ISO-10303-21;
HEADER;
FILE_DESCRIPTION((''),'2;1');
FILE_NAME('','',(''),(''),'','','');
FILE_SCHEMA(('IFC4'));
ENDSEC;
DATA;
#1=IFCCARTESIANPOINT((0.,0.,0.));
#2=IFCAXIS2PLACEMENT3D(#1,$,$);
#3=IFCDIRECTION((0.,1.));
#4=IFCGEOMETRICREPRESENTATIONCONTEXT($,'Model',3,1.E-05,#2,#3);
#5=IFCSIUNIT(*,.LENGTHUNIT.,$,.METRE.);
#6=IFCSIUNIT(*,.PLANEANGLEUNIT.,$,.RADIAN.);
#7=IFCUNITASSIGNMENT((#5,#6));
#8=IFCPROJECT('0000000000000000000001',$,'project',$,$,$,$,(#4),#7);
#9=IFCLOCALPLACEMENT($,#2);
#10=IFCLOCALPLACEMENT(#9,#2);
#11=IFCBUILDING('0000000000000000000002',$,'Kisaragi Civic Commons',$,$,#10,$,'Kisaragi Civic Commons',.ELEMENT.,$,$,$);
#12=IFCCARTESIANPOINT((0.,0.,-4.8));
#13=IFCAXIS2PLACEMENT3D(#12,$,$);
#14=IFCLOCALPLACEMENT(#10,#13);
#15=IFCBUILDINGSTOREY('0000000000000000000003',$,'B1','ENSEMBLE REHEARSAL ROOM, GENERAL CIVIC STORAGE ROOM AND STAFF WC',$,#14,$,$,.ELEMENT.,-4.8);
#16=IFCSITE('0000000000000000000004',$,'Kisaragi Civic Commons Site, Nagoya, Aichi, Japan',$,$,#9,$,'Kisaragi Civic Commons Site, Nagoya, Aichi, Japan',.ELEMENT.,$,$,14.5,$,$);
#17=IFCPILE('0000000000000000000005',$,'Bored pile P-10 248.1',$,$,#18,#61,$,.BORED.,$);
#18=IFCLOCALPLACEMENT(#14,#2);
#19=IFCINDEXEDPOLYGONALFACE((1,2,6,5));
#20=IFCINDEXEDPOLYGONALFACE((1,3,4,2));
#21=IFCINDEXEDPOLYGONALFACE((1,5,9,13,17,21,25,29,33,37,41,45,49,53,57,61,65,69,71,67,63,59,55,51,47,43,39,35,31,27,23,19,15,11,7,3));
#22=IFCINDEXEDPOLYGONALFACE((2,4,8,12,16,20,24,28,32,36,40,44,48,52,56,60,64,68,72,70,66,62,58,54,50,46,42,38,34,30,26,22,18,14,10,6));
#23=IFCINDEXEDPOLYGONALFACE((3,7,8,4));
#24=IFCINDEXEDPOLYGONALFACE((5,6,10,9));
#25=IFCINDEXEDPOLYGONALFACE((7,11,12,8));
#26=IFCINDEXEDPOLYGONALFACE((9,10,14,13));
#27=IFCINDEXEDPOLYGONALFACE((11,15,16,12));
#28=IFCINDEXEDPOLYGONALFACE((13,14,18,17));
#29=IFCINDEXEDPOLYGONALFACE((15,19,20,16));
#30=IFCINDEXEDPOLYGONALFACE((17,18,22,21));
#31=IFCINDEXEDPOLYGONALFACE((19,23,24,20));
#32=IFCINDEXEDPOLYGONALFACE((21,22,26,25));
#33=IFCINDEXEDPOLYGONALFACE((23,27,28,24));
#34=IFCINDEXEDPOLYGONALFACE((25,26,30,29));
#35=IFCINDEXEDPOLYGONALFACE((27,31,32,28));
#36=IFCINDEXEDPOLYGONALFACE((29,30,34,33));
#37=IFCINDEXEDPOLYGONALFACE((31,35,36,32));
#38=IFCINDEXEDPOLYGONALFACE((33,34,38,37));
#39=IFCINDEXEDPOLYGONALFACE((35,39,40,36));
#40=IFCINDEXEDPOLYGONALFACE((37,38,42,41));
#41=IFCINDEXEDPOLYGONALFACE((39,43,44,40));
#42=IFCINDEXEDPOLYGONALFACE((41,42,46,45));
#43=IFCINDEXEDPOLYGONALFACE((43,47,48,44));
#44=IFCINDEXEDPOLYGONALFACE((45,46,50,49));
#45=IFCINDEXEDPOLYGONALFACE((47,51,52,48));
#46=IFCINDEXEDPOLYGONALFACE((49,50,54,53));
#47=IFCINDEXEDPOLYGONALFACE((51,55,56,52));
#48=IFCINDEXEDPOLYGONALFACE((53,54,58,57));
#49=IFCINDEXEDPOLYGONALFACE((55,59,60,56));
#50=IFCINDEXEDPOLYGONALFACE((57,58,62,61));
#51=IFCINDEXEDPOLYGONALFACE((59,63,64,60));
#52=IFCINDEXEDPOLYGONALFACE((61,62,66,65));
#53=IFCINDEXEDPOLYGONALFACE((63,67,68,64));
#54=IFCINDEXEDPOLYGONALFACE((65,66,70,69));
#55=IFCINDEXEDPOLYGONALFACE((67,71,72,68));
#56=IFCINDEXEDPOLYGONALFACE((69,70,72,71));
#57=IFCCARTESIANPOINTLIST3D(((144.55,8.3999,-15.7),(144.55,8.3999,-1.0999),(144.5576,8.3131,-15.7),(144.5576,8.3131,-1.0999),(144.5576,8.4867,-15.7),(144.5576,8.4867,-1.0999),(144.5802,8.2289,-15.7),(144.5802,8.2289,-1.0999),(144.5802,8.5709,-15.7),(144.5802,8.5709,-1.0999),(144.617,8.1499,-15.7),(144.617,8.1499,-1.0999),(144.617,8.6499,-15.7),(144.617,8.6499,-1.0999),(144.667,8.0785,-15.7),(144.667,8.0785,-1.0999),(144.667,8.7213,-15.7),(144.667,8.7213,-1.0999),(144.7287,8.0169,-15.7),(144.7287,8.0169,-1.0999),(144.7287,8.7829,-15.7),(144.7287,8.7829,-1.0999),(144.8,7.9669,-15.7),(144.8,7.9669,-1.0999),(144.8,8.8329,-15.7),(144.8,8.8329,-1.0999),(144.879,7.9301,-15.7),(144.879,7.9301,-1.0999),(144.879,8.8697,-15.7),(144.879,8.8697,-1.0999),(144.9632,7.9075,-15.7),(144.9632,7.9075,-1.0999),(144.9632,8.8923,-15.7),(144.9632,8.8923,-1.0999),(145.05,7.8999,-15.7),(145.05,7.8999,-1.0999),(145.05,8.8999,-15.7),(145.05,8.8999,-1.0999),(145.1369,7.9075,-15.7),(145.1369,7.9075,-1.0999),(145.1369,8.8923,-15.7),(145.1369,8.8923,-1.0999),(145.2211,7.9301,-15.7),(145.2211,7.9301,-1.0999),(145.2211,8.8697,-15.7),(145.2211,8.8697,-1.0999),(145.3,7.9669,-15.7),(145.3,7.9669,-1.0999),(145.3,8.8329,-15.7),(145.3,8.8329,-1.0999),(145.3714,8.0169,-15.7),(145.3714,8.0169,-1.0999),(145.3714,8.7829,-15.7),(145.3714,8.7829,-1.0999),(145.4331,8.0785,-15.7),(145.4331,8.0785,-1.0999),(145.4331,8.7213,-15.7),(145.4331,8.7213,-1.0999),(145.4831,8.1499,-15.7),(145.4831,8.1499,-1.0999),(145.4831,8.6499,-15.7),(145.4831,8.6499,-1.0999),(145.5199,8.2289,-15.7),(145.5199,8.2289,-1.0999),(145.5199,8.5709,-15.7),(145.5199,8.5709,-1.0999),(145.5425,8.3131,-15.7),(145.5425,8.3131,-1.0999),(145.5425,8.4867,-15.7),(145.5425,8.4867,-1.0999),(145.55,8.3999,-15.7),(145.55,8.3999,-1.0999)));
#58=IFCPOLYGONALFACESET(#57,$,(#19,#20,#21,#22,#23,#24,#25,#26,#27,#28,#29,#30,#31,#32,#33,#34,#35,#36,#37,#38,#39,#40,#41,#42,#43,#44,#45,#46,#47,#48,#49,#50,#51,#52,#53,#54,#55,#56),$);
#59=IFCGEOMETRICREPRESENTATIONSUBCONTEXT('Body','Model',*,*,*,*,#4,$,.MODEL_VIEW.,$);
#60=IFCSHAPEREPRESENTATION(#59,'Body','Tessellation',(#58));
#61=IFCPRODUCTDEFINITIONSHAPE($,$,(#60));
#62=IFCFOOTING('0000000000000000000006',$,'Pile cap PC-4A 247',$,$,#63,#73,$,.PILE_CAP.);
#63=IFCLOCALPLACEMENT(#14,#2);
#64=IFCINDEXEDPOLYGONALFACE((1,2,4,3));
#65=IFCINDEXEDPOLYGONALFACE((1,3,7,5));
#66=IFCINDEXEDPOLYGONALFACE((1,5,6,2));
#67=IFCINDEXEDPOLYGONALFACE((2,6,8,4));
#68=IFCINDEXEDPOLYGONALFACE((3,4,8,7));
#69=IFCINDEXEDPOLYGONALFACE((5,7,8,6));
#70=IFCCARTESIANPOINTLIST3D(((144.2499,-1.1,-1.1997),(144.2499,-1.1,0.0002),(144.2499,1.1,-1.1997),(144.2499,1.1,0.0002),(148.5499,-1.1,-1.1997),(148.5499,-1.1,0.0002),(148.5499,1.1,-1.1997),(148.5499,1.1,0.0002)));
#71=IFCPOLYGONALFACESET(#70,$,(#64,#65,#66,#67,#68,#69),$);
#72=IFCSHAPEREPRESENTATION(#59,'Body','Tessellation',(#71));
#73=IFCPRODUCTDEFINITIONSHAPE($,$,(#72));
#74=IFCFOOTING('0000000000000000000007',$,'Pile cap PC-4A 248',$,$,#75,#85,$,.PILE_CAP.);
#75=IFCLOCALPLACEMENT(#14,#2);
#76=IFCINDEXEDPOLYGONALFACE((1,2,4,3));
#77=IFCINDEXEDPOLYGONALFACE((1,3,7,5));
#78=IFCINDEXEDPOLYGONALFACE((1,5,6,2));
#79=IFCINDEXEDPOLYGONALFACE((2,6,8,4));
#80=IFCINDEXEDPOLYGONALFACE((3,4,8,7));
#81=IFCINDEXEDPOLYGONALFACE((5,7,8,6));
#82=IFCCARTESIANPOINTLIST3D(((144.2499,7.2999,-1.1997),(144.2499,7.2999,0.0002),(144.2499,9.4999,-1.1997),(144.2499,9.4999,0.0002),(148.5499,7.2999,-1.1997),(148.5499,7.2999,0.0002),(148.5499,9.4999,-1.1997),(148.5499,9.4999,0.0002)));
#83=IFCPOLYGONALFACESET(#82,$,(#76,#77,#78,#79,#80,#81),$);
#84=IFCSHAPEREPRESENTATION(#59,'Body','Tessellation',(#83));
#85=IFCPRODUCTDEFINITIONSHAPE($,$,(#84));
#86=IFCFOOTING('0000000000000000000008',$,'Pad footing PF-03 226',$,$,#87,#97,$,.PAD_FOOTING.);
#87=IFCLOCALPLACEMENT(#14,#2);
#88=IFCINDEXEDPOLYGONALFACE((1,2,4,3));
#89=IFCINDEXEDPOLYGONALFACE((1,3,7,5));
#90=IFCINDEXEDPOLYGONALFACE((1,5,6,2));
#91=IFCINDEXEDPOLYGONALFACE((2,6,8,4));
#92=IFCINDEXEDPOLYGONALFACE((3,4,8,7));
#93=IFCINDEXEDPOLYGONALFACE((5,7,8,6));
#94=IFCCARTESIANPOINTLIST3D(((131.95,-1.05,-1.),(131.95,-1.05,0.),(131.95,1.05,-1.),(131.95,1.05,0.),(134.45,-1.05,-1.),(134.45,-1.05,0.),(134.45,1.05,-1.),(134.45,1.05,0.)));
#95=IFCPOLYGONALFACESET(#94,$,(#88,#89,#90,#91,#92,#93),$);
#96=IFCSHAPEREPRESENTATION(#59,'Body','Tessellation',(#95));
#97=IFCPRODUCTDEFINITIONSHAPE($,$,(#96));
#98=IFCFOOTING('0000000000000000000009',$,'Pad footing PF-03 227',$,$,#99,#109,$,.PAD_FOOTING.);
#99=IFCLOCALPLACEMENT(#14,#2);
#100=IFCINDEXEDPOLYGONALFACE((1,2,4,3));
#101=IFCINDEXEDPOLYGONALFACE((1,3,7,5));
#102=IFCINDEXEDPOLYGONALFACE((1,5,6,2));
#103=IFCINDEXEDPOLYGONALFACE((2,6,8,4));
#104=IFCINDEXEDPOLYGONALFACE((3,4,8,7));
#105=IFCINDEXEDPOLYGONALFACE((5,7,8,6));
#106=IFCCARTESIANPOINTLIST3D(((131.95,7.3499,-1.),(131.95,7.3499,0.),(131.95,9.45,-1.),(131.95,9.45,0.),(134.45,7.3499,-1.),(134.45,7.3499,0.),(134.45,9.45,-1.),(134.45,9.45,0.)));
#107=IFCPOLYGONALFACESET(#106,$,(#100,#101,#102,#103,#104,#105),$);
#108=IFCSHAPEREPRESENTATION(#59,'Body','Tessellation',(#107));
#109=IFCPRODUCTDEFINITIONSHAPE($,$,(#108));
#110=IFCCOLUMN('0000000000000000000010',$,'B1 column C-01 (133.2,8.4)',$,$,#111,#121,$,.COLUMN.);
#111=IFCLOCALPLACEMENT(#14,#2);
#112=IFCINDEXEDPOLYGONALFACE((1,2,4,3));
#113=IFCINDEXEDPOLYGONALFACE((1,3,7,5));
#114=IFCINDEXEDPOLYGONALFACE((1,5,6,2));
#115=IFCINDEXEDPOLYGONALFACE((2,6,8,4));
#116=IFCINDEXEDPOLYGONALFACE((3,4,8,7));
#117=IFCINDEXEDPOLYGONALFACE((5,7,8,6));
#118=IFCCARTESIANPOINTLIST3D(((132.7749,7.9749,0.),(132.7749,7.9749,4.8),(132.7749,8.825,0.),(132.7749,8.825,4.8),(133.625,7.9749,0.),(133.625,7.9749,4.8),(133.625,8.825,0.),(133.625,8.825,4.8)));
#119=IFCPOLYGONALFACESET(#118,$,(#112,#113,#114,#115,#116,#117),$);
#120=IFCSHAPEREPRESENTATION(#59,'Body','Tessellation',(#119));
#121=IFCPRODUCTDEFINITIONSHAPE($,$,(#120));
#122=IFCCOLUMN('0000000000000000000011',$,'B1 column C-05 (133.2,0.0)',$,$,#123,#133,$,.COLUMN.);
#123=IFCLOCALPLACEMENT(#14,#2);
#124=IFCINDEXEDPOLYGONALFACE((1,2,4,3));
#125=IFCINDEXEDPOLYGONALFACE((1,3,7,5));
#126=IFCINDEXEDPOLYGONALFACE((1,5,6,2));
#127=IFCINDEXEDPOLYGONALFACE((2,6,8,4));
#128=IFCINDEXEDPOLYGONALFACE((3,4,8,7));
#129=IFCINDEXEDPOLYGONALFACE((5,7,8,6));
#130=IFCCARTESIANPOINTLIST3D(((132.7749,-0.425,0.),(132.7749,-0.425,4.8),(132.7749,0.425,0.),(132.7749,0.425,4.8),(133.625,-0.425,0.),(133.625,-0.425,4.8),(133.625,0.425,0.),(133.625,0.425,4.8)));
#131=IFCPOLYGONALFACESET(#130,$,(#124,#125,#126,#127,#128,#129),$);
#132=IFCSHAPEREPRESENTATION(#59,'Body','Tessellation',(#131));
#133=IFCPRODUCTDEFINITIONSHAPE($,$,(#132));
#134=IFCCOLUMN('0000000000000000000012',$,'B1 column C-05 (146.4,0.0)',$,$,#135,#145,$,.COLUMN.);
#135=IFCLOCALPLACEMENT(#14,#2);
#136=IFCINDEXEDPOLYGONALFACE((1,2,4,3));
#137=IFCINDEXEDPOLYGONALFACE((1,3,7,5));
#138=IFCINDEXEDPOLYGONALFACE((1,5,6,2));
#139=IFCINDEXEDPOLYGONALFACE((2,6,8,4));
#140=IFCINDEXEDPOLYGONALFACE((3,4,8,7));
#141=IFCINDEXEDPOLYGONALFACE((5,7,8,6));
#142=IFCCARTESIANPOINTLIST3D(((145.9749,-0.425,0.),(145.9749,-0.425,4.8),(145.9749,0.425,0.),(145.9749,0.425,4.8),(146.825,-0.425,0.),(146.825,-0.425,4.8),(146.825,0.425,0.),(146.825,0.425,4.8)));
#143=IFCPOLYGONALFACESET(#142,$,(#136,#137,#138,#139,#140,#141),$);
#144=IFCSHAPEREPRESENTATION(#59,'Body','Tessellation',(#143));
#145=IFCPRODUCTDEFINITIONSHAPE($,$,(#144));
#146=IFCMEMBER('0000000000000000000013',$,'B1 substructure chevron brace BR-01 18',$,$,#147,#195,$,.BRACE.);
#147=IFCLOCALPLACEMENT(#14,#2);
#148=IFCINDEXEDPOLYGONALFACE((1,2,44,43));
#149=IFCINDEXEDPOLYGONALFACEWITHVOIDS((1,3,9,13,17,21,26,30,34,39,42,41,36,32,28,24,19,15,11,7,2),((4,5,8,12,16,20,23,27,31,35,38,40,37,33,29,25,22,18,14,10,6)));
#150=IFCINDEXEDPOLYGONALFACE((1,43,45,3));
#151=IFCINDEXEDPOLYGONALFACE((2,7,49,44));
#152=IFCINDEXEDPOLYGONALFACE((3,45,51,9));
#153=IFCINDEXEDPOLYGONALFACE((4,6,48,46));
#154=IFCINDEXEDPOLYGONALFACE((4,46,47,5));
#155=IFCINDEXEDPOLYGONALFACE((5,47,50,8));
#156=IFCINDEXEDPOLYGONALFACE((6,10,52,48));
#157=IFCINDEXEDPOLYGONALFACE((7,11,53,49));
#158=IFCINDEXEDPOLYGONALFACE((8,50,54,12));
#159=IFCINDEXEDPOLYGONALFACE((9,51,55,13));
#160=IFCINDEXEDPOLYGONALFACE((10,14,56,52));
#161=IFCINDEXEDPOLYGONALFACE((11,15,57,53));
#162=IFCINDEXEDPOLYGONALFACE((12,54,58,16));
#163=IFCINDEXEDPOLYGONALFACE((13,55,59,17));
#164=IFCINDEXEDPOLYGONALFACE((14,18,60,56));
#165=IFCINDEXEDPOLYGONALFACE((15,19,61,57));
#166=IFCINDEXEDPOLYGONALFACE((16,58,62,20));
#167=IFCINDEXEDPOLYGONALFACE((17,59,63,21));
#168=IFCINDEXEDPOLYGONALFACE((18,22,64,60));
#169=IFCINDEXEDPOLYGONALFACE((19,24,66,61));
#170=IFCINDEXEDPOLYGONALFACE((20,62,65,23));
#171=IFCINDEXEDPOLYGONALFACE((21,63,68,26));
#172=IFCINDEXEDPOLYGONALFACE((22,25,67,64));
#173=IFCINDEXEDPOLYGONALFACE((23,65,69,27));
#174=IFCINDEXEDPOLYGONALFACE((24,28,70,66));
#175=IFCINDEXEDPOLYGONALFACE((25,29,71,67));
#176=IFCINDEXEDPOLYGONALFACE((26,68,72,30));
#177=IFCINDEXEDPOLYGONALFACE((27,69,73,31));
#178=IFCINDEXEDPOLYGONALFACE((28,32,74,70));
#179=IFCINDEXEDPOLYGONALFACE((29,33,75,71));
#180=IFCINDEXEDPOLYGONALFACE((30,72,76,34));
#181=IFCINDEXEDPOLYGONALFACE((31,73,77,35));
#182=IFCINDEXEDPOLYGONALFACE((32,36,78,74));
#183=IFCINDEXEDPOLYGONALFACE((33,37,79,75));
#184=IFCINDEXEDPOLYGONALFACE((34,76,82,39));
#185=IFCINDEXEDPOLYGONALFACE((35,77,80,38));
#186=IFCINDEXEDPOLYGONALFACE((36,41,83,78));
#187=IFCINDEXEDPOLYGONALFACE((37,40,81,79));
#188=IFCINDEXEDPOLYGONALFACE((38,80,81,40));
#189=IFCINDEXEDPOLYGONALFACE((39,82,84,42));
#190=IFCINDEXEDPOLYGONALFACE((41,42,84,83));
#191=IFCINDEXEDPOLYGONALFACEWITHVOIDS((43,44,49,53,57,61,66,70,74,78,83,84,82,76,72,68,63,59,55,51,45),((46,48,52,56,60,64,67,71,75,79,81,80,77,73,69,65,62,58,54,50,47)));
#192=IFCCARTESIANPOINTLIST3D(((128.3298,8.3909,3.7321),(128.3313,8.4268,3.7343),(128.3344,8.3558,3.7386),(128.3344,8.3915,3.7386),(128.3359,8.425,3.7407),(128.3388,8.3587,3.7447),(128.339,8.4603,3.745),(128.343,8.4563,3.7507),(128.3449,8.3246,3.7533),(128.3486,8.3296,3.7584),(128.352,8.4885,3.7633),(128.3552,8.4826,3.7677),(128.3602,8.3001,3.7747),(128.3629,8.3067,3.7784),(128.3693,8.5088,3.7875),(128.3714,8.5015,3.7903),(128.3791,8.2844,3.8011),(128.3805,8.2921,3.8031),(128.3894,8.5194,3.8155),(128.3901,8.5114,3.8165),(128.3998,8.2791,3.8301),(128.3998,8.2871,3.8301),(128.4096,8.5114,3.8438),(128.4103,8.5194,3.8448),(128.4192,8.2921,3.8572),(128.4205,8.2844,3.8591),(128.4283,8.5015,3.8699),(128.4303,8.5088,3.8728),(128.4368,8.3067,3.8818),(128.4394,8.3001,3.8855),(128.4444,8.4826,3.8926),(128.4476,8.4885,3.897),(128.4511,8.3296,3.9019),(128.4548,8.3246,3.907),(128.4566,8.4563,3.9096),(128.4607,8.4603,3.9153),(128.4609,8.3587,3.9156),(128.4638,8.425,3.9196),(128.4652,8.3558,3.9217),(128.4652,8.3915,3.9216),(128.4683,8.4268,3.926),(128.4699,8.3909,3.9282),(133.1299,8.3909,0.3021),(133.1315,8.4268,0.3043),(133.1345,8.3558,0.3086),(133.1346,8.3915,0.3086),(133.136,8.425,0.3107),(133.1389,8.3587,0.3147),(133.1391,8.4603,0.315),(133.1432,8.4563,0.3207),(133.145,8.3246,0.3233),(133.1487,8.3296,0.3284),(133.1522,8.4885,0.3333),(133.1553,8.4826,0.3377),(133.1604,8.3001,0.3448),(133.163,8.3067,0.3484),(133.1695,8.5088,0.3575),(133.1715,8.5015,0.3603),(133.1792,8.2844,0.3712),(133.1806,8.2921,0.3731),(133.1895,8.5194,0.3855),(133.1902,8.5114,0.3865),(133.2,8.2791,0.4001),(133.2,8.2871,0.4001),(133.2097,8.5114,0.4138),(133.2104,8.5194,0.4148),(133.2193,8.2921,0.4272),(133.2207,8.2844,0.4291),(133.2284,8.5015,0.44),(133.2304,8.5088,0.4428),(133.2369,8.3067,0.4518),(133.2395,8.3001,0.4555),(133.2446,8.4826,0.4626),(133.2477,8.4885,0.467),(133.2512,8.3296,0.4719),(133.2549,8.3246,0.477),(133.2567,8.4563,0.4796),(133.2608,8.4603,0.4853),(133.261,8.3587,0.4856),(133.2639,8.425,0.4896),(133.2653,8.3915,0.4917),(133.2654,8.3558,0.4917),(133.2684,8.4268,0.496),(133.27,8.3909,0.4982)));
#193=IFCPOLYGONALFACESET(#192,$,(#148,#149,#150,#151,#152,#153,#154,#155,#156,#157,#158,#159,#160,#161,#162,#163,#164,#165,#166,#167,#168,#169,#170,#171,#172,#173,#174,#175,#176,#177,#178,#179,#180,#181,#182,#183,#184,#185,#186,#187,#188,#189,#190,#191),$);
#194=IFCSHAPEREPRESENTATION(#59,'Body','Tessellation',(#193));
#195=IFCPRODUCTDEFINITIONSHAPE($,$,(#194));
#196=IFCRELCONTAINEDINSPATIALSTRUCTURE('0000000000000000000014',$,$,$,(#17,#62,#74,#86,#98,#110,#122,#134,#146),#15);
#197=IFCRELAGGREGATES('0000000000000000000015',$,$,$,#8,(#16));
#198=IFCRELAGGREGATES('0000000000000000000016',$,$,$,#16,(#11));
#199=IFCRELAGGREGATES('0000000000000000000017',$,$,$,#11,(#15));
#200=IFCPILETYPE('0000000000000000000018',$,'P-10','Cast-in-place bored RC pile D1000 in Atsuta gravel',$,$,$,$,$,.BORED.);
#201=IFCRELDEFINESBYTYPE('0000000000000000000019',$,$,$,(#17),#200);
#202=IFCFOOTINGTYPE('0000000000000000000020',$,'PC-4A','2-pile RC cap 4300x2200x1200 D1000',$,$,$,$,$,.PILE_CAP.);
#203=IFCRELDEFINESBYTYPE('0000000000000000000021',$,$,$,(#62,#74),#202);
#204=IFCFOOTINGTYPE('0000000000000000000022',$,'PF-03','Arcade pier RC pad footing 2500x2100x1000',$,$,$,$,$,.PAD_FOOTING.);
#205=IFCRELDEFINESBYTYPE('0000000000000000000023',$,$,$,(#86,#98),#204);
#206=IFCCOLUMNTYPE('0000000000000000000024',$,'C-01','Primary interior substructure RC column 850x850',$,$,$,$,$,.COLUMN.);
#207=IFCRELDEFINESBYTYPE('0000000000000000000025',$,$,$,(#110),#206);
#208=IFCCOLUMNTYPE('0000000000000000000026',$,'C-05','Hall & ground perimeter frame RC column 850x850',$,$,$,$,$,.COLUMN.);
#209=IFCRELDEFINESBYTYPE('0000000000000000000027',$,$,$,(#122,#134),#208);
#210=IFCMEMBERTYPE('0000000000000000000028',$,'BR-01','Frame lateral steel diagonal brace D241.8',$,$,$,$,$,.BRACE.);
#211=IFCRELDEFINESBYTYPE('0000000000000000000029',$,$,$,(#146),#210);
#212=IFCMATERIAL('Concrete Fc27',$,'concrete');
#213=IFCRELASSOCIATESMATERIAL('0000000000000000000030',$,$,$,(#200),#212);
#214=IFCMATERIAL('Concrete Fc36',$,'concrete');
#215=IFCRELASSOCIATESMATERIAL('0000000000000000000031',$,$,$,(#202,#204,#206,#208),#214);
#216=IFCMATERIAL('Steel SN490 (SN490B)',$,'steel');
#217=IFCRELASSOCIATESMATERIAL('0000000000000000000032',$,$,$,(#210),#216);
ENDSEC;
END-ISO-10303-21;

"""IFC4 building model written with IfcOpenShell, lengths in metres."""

from ifc_helpers import new_model, si_unit, direction, frame, origin, origin_2d, place, context, subcontext, project, spatial, rectangle, circle, hollow_circle, extrude, material, material_profile, profile_set, type_object, element, save


model = new_model("IFC4")

# Units and contexts
model_context = context("Model", 3, precision=1e-05, world=origin(), true_north=direction((0.0, 1.0)))
body_context = subcontext(model_context, "Body", "Model", "MODEL_VIEW")
ifc_project = project(units=[si_unit("LENGTHUNIT", "METRE"), si_unit("PLANEANGLEUNIT", "RADIAN")], contexts=[model_context])

# Site, building, storey
site_placement = place(None, origin())
site = spatial("IfcSite", under=ifc_project, at=site_placement, Name="Kisaragi Civic Commons Site, Nagoya, Aichi, Japan", LongName="Kisaragi Civic Commons Site, Nagoya, Aichi, Japan", CompositionType="ELEMENT", RefElevation=14.5)
building_placement = place(site_placement, origin())
building = spatial("IfcBuilding", under=site, at=building_placement, Name="Kisaragi Civic Commons", LongName="Kisaragi Civic Commons", CompositionType="ELEMENT")
storey_placement = place(building_placement, frame((0.0, 0.0, -4.8)))
storey = spatial("IfcBuildingStorey", under=building, at=storey_placement, Name="B1", Description="ENSEMBLE REHEARSAL ROOM, GENERAL CIVIC STORAGE ROOM AND STAFF WC", CompositionType="ELEMENT", Elevation=-4.8)

# Shared definitions
ifc_material_1 = material(Name="Concrete Fc27", Category="concrete")

# Pile
ifc_material_profile_1 = material_profile(ifc_material_1, circle(Radius=0.5, at=origin_2d()), Name="PILE-D1000", Category="concrete")
ifc_profile_set_1 = profile_set([ifc_material_profile_1], Name="Concrete Fc27")
pile_type = type_object("IfcPileType", Name="P-10", Description="Cast-in-place bored RC pile D1000 in Atsuta gravel", PredefinedType="BORED", material=ifc_profile_set_1)
for number, where, z_axis, x_axis, name in (
    (1, (145.05, 8.3999, -1.0999), (0.0, 0.0, -1.0), (1.0, 0.0, 0.0), "Bored pile P-10 248.1"),
):
    element("IfcPile", number, at=place(storey_placement, frame(where, z_axis=z_axis, x_axis=x_axis)), inside=storey, type_object=pile_type, Name=name, PredefinedType="BORED", context=body_context, shape_type="SweptSolid", body=[
        extrude(circle(Radius=0.5, at=origin_2d()), origin(), (0.0, 0.0, 1.0), 14.6001),
    ])

# Footings
ifc_material_2 = material(Name="Concrete Fc36", Category="concrete")
footing_type_1 = type_object("IfcFootingType", Name="PC-4A", Description="2-pile RC cap 4300x2200x1200 D1000", PredefinedType="PILE_CAP", material=ifc_material_2)
for number, where, z_axis, x_axis, name in (
    (2, (146.3999, 0.0, -1.1997), (0.0, 0.0, 1.0), (1.0, 0.0, 0.0), "Pile cap PC-4A 247"),
    (3, (146.3999, 8.3999, -1.1997), (0.0, 0.0, 1.0), (1.0, 0.0, 0.0), "Pile cap PC-4A 248"),
):
    element("IfcFooting", number, at=place(storey_placement, frame(where, z_axis=z_axis, x_axis=x_axis)), inside=storey, type_object=footing_type_1, Name=name, PredefinedType="PILE_CAP", context=body_context, shape_type="SweptSolid", body=[
        extrude(rectangle(XDim=4.3, YDim=2.2, at=origin_2d()), origin(), (0.0, 0.0, 1.0), 1.2),
    ])
footing_type_2 = type_object("IfcFootingType", Name="PF-03", Description="Arcade pier RC pad footing 2500x2100x1000", PredefinedType="PAD_FOOTING", material=ifc_material_2)
for number, where, z_axis, x_axis, name in (
    (4, (133.2, 0.0, -1.0), (0.0, 0.0, 1.0), (1.0, 0.0, 0.0), "Pad footing PF-03 226"),
    (5, (133.2, 8.3999, -1.0), (0.0, 0.0, 1.0), (1.0, 0.0, 0.0), "Pad footing PF-03 227"),
):
    element("IfcFooting", number, at=place(storey_placement, frame(where, z_axis=z_axis, x_axis=x_axis)), inside=storey, type_object=footing_type_2, Name=name, PredefinedType="PAD_FOOTING", context=body_context, shape_type="SweptSolid", body=[
        extrude(rectangle(XDim=2.5, YDim=2.1001, at=origin_2d()), origin(), (0.0, 0.0, 1.0), 1.0),
    ])

# Columns
ifc_material_profile_2 = material_profile(ifc_material_2, rectangle(XDim=0.8501, YDim=0.8501, at=origin_2d()), Name="RC-850x850", Category="concrete")
ifc_profile_set_2 = profile_set([ifc_material_profile_2], Name="Concrete Fc36")
column_type_1 = type_object("IfcColumnType", Name="C-01", Description="Primary interior substructure RC column 850x850", PredefinedType="COLUMN", material=ifc_profile_set_2)
column_placement = place(storey_placement, frame((133.2, 8.3999, 0.0), z_axis=(0.0, 0.0, 1.0), x_axis=(1.0, 0.0, 0.0)))
element("IfcColumn", 6, at=column_placement, inside=storey, type_object=column_type_1, Name="B1 column C-01 (133.2,8.4)", PredefinedType="COLUMN", context=body_context, shape_type="SweptSolid", body=[
    extrude(rectangle(XDim=0.8501, YDim=0.8501, at=origin_2d()), origin(), (0.0, 0.0, 1.0), 4.8),
])
ifc_material_profile_3 = material_profile(ifc_material_2, rectangle(XDim=0.8501, YDim=0.8501, at=origin_2d()), Name="RC-850x850", Category="concrete")
ifc_profile_set_3 = profile_set([ifc_material_profile_3], Name="Concrete Fc36")
column_type_2 = type_object("IfcColumnType", Name="C-05", Description="Hall & ground perimeter frame RC column 850x850", PredefinedType="COLUMN", material=ifc_profile_set_3)
for number, where, z_axis, x_axis, name in (
    (7, (133.2, 0.0, 0.0), (0.0, 0.0, 1.0), (1.0, 0.0, 0.0), "B1 column C-05 (133.2,0.0)"),
    (8, (146.3999, 0.0, 0.0), (0.0, 0.0, 1.0), (1.0, 0.0, 0.0), "B1 column C-05 (146.4,0.0)"),
):
    element("IfcColumn", number, at=place(storey_placement, frame(where, z_axis=z_axis, x_axis=x_axis)), inside=storey, type_object=column_type_2, Name=name, PredefinedType="COLUMN", context=body_context, shape_type="SweptSolid", body=[
        extrude(rectangle(XDim=0.8501, YDim=0.8501, at=origin_2d()), origin(), (0.0, 0.0, 1.0), 4.8),
    ])

# Member
ifc_material_3 = material(Name="Steel SN490 (SN490B)", Category="steel")
ifc_material_profile_4 = material_profile(ifc_material_3, hollow_circle(Radius=0.1208, WallThickness=0.0081, at=origin_2d()), Name="CHS-241.8x8.0", Category="steel")
ifc_profile_set_4 = profile_set([ifc_material_profile_4], Name="Steel SN490 (SN490B)")
member_type = type_object("IfcMemberType", Name="BR-01", Description="Frame lateral steel diagonal brace D241.8", PredefinedType="BRACE", material=ifc_profile_set_4)
member_placement = place(storey_placement, frame((133.2, 8.3999, 0.4001), z_axis=(-0.813627, 0.0, 0.581387), x_axis=(0.0, -1.0, 0.0)))
element("IfcMember", 9, at=member_placement, inside=storey, type_object=member_type, Name="B1 substructure chevron brace BR-01 18", PredefinedType="BRACE", context=body_context, shape_type="SweptSolid", body=[
    extrude(hollow_circle(Radius=0.1208, WallThickness=0.0081, at=origin_2d()), origin(), (0.0, 0.0, 1.0), 5.8997),
])

save(model, "model.ifc")
